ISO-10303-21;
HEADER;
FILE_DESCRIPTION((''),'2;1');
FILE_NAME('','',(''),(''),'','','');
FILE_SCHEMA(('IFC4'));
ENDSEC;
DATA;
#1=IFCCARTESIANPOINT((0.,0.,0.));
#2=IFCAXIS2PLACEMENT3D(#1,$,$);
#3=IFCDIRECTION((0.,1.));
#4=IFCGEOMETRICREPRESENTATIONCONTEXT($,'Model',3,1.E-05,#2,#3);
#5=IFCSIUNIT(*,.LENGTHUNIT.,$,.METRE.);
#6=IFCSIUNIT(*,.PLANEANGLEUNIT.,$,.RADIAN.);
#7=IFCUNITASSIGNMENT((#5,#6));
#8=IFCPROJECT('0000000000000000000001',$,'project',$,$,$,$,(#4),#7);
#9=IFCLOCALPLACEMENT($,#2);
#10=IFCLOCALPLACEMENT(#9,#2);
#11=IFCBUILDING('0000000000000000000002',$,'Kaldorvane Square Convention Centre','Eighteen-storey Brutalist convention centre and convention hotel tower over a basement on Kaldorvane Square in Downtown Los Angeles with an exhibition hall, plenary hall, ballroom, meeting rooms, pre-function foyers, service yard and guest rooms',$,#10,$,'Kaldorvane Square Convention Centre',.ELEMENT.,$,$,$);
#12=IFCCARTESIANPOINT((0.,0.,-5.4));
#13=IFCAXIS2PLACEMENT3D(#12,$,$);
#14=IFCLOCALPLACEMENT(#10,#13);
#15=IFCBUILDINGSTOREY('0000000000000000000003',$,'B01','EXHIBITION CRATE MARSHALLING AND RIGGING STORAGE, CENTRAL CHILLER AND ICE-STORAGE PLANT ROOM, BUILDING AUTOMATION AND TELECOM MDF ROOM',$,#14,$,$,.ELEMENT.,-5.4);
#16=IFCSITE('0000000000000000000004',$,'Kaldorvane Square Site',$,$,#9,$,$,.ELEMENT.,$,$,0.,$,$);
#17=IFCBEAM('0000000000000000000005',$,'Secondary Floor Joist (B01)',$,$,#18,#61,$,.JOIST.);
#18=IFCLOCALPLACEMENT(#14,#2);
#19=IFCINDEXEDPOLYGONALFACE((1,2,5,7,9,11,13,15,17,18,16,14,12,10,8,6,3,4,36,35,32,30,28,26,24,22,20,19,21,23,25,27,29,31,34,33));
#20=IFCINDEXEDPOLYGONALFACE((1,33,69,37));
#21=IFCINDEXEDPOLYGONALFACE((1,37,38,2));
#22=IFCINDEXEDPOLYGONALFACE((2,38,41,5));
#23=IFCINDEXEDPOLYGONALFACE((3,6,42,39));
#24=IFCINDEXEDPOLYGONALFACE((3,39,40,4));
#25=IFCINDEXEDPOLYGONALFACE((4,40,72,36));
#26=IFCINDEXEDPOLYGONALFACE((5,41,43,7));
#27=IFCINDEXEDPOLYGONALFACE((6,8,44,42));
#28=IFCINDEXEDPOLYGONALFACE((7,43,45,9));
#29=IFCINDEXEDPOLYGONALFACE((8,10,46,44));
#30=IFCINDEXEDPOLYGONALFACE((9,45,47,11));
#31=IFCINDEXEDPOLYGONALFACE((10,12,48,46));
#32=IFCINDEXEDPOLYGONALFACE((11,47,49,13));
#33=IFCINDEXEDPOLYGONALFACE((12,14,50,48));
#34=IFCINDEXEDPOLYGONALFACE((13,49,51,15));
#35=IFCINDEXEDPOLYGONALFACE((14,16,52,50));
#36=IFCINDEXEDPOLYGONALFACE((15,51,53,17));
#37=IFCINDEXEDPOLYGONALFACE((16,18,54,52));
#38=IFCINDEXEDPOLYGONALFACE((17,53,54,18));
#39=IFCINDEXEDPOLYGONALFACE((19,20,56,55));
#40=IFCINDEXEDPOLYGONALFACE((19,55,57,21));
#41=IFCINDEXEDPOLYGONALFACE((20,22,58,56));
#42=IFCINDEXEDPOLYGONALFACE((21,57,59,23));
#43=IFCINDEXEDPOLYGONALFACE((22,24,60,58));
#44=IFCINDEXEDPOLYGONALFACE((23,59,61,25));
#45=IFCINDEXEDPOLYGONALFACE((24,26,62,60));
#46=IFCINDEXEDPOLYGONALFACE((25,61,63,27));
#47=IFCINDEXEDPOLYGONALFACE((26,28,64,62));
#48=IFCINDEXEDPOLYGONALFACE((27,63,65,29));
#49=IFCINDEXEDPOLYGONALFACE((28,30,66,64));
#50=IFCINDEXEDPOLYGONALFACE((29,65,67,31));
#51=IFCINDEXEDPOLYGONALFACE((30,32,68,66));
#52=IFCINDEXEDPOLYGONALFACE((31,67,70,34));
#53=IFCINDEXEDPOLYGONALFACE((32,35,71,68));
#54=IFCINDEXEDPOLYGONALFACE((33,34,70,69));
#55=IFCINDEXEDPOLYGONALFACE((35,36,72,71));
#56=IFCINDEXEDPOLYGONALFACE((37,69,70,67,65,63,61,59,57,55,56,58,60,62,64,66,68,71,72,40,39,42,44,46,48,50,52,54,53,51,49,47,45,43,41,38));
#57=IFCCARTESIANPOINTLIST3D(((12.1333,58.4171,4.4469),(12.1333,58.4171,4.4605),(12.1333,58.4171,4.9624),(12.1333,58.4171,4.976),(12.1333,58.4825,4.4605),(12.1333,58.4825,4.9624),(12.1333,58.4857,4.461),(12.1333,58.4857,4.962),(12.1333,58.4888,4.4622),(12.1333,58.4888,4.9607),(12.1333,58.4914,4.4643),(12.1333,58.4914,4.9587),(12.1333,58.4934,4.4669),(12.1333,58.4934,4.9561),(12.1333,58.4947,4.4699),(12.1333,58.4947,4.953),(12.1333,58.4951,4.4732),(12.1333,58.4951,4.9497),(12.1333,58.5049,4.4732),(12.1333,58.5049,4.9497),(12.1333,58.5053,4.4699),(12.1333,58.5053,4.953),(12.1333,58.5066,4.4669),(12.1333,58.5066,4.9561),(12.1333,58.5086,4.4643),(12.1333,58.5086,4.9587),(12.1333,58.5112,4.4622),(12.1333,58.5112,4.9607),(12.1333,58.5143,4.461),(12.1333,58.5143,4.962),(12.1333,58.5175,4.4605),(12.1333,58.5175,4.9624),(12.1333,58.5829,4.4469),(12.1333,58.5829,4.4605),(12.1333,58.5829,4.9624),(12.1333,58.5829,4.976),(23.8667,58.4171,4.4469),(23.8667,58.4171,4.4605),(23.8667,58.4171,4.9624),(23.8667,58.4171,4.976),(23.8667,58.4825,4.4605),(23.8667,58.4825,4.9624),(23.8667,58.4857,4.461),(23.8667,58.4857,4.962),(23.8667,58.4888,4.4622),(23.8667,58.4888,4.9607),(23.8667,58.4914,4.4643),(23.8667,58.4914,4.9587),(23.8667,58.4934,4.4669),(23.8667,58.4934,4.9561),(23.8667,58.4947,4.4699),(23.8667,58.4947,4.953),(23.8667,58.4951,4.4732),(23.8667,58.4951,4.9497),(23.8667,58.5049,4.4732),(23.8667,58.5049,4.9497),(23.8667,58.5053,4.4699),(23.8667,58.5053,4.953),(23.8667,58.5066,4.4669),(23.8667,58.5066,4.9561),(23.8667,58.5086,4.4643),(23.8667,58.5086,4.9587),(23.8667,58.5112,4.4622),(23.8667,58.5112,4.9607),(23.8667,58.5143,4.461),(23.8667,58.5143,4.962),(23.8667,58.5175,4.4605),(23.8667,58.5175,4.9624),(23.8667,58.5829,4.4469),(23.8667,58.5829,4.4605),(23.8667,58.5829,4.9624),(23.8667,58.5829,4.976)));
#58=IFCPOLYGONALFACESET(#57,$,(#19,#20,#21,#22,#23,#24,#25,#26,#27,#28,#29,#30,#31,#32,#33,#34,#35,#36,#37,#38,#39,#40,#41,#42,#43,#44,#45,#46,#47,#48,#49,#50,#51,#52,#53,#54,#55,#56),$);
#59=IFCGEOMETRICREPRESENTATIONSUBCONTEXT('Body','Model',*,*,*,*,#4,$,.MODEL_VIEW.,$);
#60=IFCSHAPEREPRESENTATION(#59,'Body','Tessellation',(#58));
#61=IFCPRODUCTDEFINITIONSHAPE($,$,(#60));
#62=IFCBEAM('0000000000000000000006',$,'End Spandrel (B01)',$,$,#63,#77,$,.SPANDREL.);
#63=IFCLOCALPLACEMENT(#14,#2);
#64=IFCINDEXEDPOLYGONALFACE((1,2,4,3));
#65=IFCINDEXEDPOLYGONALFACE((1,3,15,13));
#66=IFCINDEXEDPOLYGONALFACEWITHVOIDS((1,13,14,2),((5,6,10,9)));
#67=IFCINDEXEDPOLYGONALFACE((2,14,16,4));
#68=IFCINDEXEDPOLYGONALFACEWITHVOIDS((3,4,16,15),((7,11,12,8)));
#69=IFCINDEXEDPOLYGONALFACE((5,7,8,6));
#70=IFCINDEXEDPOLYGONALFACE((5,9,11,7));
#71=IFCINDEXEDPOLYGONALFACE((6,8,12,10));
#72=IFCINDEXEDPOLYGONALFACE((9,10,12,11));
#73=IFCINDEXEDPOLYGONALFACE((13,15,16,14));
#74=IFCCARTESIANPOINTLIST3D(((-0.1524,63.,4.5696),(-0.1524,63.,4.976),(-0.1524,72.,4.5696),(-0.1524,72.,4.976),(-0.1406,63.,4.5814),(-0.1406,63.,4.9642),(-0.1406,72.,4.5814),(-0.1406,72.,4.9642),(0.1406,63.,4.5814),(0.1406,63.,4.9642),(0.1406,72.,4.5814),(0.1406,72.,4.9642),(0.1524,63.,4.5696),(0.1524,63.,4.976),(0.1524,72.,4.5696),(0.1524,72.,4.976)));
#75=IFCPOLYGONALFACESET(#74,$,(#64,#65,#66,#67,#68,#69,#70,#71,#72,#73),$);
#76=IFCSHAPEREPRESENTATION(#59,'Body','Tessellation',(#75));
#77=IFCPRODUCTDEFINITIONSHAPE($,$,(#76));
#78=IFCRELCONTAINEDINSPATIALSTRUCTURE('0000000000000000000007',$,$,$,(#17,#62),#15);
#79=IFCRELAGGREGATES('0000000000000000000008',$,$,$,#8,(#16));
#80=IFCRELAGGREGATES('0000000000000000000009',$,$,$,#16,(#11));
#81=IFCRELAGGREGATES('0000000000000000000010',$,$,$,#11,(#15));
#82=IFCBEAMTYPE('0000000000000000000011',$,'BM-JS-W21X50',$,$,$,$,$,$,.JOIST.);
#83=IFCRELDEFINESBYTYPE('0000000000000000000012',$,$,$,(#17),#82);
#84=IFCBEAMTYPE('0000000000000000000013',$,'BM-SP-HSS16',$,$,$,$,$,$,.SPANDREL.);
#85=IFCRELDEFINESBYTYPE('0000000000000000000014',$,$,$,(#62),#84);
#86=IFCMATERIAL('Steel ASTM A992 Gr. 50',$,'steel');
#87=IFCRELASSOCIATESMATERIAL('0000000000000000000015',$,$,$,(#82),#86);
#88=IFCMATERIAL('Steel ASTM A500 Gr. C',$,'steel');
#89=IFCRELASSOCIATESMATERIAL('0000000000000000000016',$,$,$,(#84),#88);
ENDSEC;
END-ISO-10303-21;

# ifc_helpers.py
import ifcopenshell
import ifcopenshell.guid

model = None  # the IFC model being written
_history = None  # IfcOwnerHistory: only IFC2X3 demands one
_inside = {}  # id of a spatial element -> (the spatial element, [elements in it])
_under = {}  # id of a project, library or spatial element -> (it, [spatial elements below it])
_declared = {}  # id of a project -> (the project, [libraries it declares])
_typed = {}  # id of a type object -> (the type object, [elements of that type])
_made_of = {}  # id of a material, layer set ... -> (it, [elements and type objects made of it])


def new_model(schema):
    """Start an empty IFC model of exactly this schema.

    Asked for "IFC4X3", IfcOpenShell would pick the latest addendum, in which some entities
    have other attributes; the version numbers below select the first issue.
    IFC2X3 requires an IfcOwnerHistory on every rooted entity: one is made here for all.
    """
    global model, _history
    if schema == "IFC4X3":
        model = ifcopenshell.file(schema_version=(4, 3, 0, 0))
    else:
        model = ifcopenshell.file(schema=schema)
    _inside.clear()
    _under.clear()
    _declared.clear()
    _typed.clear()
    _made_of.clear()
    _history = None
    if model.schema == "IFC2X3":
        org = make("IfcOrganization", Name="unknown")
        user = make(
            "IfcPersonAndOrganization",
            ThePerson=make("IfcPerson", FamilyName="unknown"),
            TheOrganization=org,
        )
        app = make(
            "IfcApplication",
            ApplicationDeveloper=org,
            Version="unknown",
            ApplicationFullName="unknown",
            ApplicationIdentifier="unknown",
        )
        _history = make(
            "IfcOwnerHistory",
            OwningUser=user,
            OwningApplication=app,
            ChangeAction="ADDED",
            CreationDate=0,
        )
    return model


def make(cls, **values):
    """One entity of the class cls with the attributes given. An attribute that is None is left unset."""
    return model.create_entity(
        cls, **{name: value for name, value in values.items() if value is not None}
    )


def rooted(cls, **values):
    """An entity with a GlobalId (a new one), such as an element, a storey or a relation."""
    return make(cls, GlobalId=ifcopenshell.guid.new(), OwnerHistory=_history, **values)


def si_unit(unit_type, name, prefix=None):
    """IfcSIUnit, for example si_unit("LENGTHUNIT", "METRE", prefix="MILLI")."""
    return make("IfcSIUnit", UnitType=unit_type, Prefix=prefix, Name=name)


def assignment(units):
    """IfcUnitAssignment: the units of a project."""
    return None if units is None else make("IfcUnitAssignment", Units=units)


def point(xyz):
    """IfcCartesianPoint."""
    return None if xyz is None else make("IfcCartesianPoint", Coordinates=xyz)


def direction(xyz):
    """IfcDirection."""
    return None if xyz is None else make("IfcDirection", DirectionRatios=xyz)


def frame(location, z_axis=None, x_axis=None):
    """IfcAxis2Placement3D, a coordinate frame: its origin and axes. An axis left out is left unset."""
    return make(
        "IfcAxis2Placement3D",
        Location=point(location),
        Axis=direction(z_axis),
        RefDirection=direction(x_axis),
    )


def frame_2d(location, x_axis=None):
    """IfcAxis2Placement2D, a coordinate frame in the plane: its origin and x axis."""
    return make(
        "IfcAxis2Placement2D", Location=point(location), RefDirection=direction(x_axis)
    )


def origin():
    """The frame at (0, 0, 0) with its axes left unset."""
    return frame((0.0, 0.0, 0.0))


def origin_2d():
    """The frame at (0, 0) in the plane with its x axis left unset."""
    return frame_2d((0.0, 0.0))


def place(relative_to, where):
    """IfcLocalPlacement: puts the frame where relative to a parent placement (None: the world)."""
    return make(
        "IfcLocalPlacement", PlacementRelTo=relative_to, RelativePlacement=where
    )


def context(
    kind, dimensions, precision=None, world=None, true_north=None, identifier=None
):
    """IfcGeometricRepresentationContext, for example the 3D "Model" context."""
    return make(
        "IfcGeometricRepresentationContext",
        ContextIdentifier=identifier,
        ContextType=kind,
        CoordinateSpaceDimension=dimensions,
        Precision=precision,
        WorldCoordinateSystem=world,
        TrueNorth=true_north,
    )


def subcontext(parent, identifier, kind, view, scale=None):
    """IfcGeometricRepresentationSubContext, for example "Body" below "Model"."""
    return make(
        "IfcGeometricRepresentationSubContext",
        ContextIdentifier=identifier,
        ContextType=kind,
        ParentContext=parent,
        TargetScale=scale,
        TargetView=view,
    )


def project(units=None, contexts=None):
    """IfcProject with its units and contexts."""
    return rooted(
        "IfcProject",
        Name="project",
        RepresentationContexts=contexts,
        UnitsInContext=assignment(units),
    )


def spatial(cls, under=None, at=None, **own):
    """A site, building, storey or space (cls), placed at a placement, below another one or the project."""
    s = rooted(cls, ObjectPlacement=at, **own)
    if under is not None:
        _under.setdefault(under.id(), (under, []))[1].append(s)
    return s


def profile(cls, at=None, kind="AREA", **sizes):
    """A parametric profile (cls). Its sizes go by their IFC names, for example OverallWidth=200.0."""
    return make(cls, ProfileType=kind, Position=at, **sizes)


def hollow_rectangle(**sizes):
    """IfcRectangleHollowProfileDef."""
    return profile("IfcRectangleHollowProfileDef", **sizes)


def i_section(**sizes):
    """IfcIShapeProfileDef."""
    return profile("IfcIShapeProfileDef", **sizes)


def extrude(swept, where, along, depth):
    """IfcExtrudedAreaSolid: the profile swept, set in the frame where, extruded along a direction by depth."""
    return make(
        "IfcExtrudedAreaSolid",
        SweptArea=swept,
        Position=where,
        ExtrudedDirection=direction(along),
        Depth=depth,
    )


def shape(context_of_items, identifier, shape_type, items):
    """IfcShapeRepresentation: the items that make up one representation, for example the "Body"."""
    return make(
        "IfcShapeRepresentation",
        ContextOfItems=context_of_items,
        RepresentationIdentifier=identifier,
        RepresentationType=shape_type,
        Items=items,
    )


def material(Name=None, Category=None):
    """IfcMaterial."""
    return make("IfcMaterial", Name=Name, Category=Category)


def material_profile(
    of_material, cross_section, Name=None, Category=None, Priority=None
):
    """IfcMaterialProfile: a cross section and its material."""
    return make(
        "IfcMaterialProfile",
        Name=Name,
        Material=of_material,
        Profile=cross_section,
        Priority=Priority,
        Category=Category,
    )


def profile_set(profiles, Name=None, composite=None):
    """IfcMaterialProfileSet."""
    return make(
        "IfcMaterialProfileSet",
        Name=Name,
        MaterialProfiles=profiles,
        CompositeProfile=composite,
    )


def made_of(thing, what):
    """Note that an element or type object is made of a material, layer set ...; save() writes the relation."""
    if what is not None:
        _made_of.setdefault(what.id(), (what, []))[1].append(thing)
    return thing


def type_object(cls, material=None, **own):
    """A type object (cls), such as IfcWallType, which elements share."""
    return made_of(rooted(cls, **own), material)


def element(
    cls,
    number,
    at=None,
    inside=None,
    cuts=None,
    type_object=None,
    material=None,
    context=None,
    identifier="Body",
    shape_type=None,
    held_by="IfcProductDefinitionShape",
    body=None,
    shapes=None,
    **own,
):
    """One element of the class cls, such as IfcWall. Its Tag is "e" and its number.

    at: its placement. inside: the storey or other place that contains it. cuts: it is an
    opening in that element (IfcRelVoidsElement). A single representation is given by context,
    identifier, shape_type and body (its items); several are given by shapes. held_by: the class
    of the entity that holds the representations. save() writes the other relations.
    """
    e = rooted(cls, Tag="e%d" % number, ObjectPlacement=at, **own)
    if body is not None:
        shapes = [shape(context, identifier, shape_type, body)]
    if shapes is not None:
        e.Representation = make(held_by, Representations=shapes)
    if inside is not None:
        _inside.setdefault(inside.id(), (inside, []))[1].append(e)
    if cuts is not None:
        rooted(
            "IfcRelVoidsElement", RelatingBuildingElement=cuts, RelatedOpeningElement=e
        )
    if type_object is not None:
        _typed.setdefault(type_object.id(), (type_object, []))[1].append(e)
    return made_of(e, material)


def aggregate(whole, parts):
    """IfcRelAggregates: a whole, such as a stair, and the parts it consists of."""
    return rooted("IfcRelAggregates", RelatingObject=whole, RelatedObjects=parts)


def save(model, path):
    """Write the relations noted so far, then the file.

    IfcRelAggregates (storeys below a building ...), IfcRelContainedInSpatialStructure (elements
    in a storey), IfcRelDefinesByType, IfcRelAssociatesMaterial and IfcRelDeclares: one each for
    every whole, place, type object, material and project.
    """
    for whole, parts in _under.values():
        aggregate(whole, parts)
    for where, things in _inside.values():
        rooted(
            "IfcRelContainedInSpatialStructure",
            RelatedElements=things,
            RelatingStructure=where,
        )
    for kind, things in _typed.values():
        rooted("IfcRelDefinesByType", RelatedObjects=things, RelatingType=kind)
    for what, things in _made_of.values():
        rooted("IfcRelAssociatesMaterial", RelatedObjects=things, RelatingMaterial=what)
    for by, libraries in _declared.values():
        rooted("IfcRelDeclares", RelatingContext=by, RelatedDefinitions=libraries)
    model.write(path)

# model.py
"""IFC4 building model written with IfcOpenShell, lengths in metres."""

from ifc_helpers import new_model, si_unit, direction, frame, origin, origin_2d, place, context, subcontext, project, spatial, hollow_rectangle, i_section, extrude, material, material_profile, profile_set, type_object, element, save


model = new_model("IFC4")

# Units and contexts
model_context = context("Model", 3, precision=1e-05, world=origin(), true_north=direction((0.0, 1.0)))
body_context = subcontext(model_context, "Body", "Model", "MODEL_VIEW")
ifc_project = project(units=[si_unit("LENGTHUNIT", "METRE"), si_unit("PLANEANGLEUNIT", "RADIAN")], contexts=[model_context])

# Site, building, storey
site_placement = place(None, origin())
site = spatial("IfcSite", under=ifc_project, at=site_placement, Name="Kaldorvane Square Site", CompositionType="ELEMENT", RefElevation=0.0)
building_placement = place(site_placement, origin())
building = spatial("IfcBuilding", under=site, at=building_placement, Name="Kaldorvane Square Convention Centre", Description="Eighteen-storey Brutalist convention centre and convention hotel tower over a basement on Kaldorvane Square in Downtown Los Angeles with an exhibition hall, plenary hall, ballroom, meeting rooms, pre-function foyers, service yard and guest rooms", LongName="Kaldorvane Square Convention Centre", CompositionType="ELEMENT")
storey_placement = place(building_placement, frame((0.0, 0.0, -5.4)))
storey = spatial("IfcBuildingStorey", under=building, at=storey_placement, Name="B01", Description="EXHIBITION CRATE MARSHALLING AND RIGGING STORAGE, CENTRAL CHILLER AND ICE-STORAGE PLANT ROOM, BUILDING AUTOMATION AND TELECOM MDF ROOM", CompositionType="ELEMENT", Elevation=-5.4)

# Shared definitions
ifc_material_1 = material(Name="Steel ASTM A500 Gr. C", Category="steel")
ifc_material_2 = material(Name="Steel ASTM A992 Gr. 50", Category="steel")

# Beams
ifc_material_profile_1 = material_profile(ifc_material_2, i_section(OverallWidth=0.1659, OverallDepth=0.5291, WebThickness=0.0097, FlangeThickness=0.0136, FilletRadius=0.0127, at=origin_2d()), Name="W21X50")
ifc_profile_set_1 = profile_set([ifc_material_profile_1], Name="Steel ASTM A992 Gr. 50")
beam_type_1 = type_object("IfcBeamType", Name="BM-JS-W21X50", PredefinedType="JOIST", material=ifc_profile_set_1)
beam_1_placement = place(storey_placement, frame((12.1333, 58.5, 4.7115), z_axis=(1.0, 0.0, 0.0), x_axis=(0.0, 1.0, 0.0)))
element("IfcBeam", 1, at=beam_1_placement, inside=storey, type_object=beam_type_1, Name="Secondary Floor Joist (B01)", PredefinedType="JOIST", context=body_context, shape_type="SweptSolid", body=[
    extrude(i_section(OverallWidth=0.1659, OverallDepth=0.5291, WebThickness=0.0097, FlangeThickness=0.0136, FilletRadius=0.0127, at=origin_2d()), origin(), (0.0, 0.0, 1.0), 11.7334),
])
ifc_material_profile_2 = material_profile(ifc_material_1, hollow_rectangle(XDim=0.3048, YDim=0.4064, WallThickness=0.0118, at=origin_2d()), Name="HSS16X12X1/2")
ifc_profile_set_2 = profile_set([ifc_material_profile_2], Name="Steel ASTM A500 Gr. C")
beam_type_2 = type_object("IfcBeamType", Name="BM-SP-HSS16", PredefinedType="SPANDREL", material=ifc_profile_set_2)
beam_2_placement = place(storey_placement, frame((0.0, 63.0, 4.7728), z_axis=(0.0, 1.0, 0.0), x_axis=(-1.0, 0.0, 0.0)))
element("IfcBeam", 2, at=beam_2_placement, inside=storey, type_object=beam_type_2, Name="End Spandrel (B01)", PredefinedType="SPANDREL", context=body_context, shape_type="SweptSolid", body=[
    extrude(hollow_rectangle(XDim=0.3048, YDim=0.4064, WallThickness=0.0118, at=origin_2d()), origin(), (0.0, 0.0, 1.0), 9.0),
])

save(model, "model.ifc")
